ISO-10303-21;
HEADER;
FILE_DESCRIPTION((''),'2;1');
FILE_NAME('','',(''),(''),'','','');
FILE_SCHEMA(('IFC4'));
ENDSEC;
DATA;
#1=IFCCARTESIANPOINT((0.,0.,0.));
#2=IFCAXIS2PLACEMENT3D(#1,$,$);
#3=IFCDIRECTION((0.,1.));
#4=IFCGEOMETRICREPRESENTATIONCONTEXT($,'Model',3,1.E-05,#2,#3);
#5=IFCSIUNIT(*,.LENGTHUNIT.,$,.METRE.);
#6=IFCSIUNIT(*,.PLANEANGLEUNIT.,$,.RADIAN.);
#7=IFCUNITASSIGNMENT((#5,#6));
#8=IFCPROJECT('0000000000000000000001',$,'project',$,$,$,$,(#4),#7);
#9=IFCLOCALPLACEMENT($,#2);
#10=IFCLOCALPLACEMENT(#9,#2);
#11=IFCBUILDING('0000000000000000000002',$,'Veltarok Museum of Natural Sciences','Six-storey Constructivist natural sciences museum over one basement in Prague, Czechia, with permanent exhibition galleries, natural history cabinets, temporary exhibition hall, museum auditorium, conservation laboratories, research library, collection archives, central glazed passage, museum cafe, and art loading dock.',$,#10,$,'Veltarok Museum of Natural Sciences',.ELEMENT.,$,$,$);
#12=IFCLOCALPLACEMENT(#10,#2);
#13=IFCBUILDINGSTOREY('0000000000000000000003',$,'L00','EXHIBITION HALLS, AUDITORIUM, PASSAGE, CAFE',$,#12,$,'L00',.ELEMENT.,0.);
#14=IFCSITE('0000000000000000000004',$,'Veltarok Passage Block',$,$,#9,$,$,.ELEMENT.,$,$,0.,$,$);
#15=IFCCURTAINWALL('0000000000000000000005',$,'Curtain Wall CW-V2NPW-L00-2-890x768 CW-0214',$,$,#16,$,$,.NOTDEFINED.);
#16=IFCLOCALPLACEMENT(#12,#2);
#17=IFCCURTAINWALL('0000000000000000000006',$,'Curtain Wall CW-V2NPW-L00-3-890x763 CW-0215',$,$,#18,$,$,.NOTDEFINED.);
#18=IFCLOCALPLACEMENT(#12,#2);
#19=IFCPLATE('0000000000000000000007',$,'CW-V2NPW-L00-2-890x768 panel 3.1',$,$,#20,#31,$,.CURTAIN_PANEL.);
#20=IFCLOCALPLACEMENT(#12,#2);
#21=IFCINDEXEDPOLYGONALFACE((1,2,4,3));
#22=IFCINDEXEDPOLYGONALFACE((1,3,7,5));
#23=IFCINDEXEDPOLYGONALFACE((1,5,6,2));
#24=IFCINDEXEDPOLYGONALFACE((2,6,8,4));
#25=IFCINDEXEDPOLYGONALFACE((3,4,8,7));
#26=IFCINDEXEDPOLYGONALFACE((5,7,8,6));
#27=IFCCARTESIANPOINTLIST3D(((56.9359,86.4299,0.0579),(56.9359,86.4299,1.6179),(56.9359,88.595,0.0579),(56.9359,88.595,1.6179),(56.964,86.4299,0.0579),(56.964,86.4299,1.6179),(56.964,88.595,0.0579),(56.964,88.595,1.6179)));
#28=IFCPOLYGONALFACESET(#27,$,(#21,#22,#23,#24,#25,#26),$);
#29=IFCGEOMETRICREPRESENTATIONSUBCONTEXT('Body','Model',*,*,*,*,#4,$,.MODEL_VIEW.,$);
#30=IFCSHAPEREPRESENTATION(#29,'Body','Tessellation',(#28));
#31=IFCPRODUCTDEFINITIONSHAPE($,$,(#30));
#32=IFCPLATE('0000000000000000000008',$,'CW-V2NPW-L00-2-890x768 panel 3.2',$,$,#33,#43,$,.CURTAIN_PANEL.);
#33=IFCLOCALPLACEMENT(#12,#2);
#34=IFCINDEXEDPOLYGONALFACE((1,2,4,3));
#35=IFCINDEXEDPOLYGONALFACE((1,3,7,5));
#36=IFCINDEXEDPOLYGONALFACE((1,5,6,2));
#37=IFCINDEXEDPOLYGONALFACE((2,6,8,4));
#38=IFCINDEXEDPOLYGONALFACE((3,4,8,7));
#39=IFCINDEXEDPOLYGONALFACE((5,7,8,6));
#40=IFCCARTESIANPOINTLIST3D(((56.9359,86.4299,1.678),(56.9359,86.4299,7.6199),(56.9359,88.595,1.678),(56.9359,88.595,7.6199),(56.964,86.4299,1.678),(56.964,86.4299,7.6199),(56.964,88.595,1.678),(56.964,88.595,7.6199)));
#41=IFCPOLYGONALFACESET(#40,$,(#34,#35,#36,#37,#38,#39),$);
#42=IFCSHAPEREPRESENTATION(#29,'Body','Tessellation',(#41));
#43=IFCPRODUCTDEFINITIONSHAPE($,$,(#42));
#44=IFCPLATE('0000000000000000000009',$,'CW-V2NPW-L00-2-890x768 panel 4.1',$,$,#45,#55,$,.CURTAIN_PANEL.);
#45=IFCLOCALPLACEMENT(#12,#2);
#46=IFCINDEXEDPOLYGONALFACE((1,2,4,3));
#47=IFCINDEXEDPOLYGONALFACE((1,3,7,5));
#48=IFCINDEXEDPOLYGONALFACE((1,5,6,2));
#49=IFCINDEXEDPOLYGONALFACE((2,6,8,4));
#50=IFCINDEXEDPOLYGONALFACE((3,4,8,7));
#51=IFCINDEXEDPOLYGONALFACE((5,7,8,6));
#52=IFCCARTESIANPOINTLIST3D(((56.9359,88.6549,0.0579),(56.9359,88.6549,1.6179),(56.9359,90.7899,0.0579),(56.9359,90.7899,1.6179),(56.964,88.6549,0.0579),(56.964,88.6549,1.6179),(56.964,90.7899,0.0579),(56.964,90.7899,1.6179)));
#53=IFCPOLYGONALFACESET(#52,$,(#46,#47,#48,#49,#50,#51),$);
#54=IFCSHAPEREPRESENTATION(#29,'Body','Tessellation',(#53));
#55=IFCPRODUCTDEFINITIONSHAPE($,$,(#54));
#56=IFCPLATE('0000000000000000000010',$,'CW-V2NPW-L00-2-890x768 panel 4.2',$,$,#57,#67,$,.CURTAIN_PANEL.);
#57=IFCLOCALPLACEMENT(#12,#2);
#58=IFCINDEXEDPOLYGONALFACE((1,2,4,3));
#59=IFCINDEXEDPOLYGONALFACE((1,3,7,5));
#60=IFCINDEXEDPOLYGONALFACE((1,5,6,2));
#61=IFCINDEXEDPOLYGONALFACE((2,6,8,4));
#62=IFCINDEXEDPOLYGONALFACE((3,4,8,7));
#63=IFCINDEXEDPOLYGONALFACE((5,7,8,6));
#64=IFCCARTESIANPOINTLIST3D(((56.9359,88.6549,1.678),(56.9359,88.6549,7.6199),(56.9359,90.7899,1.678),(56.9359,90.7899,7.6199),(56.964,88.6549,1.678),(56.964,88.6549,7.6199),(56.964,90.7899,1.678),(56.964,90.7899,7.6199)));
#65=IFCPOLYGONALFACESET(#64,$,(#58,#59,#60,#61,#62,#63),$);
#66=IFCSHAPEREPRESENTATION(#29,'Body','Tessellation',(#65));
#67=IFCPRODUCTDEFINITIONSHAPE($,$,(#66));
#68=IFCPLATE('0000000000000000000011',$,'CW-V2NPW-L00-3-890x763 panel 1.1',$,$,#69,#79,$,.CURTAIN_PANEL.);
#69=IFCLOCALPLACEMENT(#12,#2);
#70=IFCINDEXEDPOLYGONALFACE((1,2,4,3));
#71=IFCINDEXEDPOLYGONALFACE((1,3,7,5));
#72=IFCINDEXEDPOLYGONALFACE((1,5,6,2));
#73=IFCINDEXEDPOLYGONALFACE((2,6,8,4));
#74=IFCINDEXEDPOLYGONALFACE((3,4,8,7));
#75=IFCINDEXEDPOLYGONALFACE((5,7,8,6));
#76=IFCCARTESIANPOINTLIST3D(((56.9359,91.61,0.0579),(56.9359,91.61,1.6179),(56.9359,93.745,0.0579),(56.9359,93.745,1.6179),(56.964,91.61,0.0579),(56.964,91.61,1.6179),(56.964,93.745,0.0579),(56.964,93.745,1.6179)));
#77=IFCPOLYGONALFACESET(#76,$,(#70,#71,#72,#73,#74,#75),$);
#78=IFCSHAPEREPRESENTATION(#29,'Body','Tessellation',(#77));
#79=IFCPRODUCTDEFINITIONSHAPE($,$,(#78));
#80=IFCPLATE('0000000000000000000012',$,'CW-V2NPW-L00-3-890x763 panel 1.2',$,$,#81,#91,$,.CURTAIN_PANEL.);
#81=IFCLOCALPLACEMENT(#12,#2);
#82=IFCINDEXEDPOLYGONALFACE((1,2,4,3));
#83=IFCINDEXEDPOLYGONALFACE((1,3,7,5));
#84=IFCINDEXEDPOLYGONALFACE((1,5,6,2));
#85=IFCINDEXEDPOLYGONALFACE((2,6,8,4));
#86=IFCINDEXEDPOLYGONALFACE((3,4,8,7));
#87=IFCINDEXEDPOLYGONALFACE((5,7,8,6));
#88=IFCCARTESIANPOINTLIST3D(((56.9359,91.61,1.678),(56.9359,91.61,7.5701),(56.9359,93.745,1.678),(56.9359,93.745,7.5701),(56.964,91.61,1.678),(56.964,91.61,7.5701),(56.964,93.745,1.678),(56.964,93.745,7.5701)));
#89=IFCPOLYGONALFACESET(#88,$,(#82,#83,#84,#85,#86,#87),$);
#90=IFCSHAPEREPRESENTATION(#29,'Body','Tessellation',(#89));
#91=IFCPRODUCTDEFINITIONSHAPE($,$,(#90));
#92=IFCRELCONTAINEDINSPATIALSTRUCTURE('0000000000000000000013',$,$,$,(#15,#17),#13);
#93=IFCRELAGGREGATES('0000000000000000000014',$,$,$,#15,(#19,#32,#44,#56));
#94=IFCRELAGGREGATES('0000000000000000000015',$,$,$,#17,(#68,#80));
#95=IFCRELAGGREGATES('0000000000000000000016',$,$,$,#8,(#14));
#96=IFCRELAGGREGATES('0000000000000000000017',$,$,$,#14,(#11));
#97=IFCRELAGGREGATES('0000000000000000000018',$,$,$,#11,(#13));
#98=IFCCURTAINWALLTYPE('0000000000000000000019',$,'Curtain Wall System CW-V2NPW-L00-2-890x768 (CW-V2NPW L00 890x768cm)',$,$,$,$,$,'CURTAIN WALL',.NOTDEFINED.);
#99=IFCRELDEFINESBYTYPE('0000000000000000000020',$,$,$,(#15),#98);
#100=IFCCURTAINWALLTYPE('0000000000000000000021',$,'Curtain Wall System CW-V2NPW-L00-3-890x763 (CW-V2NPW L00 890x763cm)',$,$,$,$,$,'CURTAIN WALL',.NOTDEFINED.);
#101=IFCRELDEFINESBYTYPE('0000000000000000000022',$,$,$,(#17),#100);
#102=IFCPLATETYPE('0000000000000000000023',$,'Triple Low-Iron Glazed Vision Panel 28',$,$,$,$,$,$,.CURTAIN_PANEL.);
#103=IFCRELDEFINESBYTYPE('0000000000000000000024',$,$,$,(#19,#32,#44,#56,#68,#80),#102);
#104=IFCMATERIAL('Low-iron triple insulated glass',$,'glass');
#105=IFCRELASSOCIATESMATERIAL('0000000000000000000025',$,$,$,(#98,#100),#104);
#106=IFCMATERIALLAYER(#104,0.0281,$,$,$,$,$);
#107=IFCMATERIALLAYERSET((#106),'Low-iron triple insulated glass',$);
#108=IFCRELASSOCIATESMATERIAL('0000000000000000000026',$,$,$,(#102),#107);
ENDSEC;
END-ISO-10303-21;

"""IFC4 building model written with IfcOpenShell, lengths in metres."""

from ifc_helpers import new_model, si_unit, direction, frame, origin, origin_2d, place, context, subcontext, project, spatial, rectangle, extrude, material, layer, layer_set, type_object, element, aggregate, save


model = new_model("IFC4")

# Units and contexts
model_context = context("Model", 3, precision=1e-05, world=origin(), true_north=direction((0.0, 1.0)))
body_context = subcontext(model_context, "Body", "Model", "MODEL_VIEW")
ifc_project = project(units=[si_unit("LENGTHUNIT", "METRE"), si_unit("PLANEANGLEUNIT", "RADIAN")], contexts=[model_context])

# Site, building, storey
site_placement = place(None, origin())
site = spatial("IfcSite", under=ifc_project, at=site_placement, Name="Veltarok Passage Block", CompositionType="ELEMENT", RefElevation=0.0)
building_placement = place(site_placement, origin())
building = spatial("IfcBuilding", under=site, at=building_placement, Name="Veltarok Museum of Natural Sciences", Description="Six-storey Constructivist natural sciences museum over one basement in Prague, Czechia, with permanent exhibition galleries, natural history cabinets, temporary exhibition hall, museum auditorium, conservation laboratories, research library, collection archives, central glazed passage, museum cafe, and art loading dock.", LongName="Veltarok Museum of Natural Sciences", CompositionType="ELEMENT")
storey_placement = place(building_placement, origin())
storey = spatial("IfcBuildingStorey", under=building, at=storey_placement, Name="L00", Description="EXHIBITION HALLS, AUDITORIUM, PASSAGE, CAFE", LongName="L00", CompositionType="ELEMENT", Elevation=0.0)

# Curtain walls
ifc_material_1 = material(Name="Low-iron triple insulated glass", Category="glass")
curtain_wall_type_1 = type_object("IfcCurtainWallType", Name="Curtain Wall System CW-V2NPW-L00-2-890x768 (CW-V2NPW L00 890x768cm)", ElementType="CURTAIN WALL", PredefinedType="NOTDEFINED", material=ifc_material_1)
curtain_wall_1_placement = place(storey_placement, origin())
curtain_wall_1 = element("IfcCurtainWall", 1, at=curtain_wall_1_placement, inside=storey, type_object=curtain_wall_type_1, Name="Curtain Wall CW-V2NPW-L00-2-890x768 CW-0214", PredefinedType="NOTDEFINED")
curtain_wall_type_2 = type_object("IfcCurtainWallType", Name="Curtain Wall System CW-V2NPW-L00-3-890x763 (CW-V2NPW L00 890x763cm)", ElementType="CURTAIN WALL", PredefinedType="NOTDEFINED", material=ifc_material_1)
curtain_wall_2_placement = place(storey_placement, origin())
curtain_wall_2 = element("IfcCurtainWall", 2, at=curtain_wall_2_placement, inside=storey, type_object=curtain_wall_type_2, Name="Curtain Wall CW-V2NPW-L00-3-890x763 CW-0215", PredefinedType="NOTDEFINED")

# Plates
ifc_layer = layer(ifc_material_1, 0.0281)
ifc_layer_set = layer_set([ifc_layer], Name="Low-iron triple insulated glass")
plate_type = type_object("IfcPlateType", Name="Triple Low-Iron Glazed Vision Panel 28", PredefinedType="CURTAIN_PANEL", material=ifc_layer_set)
plate_1_placement = place(storey_placement, frame((56.95, 87.5125, 0.0579), z_axis=(0.0, 0.0, 1.0), x_axis=(0.0, 1.0, 0.0)))
plate_1 = element("IfcPlate", 3, at=plate_1_placement, type_object=plate_type, Name="CW-V2NPW-L00-2-890x768 panel 3.1", PredefinedType="CURTAIN_PANEL", context=body_context, shape_type="SweptSolid", body=[
    extrude(rectangle(XDim=2.165, YDim=0.0281, at=origin_2d()), origin(), (0.0, 0.0, 1.0), 1.5601),
])
plate_2_placement = place(storey_placement, frame((56.95, 87.5125, 1.678), z_axis=(0.0, 0.0, 1.0), x_axis=(0.0, 1.0, 0.0)))
plate_2 = element("IfcPlate", 4, at=plate_2_placement, type_object=plate_type, Name="CW-V2NPW-L00-2-890x768 panel 3.2", PredefinedType="CURTAIN_PANEL", context=body_context, shape_type="SweptSolid", body=[
    extrude(rectangle(XDim=2.165, YDim=0.0281, at=origin_2d()), origin(), (0.0, 0.0, 1.0), 5.9419),
])
plate_3_placement = place(storey_placement, frame((56.95, 89.7224, 0.0579), z_axis=(0.0, 0.0, 1.0), x_axis=(0.0, 1.0, 0.0)))
plate_3 = element("IfcPlate", 5, at=plate_3_placement, type_object=plate_type, Name="CW-V2NPW-L00-2-890x768 panel 4.1", PredefinedType="CURTAIN_PANEL", context=body_context, shape_type="SweptSolid", body=[
    extrude(rectangle(XDim=2.135, YDim=0.0281, at=origin_2d()), origin(), (0.0, 0.0, 1.0), 1.5601),
])
plate_4_placement = place(storey_placement, frame((56.95, 89.7224, 1.678), z_axis=(0.0, 0.0, 1.0), x_axis=(0.0, 1.0, 0.0)))
plate_4 = element("IfcPlate", 6, at=plate_4_placement, type_object=plate_type, Name="CW-V2NPW-L00-2-890x768 panel 4.2", PredefinedType="CURTAIN_PANEL", context=body_context, shape_type="SweptSolid", body=[
    extrude(rectangle(XDim=2.135, YDim=0.0281, at=origin_2d()), origin(), (0.0, 0.0, 1.0), 5.9419),
])
aggregate(curtain_wall_1, [plate_1, plate_2, plate_3, plate_4])
plate_5_placement = place(storey_placement, frame((56.95, 92.6775, 0.0579), z_axis=(0.0, 0.0, 1.0), x_axis=(0.0, 1.0, 0.0)))
plate_5 = element("IfcPlate", 7, at=plate_5_placement, type_object=plate_type, Name="CW-V2NPW-L00-3-890x763 panel 1.1", PredefinedType="CURTAIN_PANEL", context=body_context, shape_type="SweptSolid", body=[
    extrude(rectangle(XDim=2.135, YDim=0.0281, at=origin_2d()), origin(), (0.0, 0.0, 1.0), 1.5601),
])
plate_6_placement = place(storey_placement, frame((56.95, 92.6775, 1.678), z_axis=(0.0, 0.0, 1.0), x_axis=(0.0, 1.0, 0.0)))
plate_6 = element("IfcPlate", 8, at=plate_6_placement, type_object=plate_type, Name="CW-V2NPW-L00-3-890x763 panel 1.2", PredefinedType="CURTAIN_PANEL", context=body_context, shape_type="SweptSolid", body=[
    extrude(rectangle(XDim=2.135, YDim=0.0281, at=origin_2d()), origin(), (0.0, 0.0, 1.0), 5.8921),
])
aggregate(curtain_wall_2, [plate_5, plate_6])

save(model, "model.ifc")
